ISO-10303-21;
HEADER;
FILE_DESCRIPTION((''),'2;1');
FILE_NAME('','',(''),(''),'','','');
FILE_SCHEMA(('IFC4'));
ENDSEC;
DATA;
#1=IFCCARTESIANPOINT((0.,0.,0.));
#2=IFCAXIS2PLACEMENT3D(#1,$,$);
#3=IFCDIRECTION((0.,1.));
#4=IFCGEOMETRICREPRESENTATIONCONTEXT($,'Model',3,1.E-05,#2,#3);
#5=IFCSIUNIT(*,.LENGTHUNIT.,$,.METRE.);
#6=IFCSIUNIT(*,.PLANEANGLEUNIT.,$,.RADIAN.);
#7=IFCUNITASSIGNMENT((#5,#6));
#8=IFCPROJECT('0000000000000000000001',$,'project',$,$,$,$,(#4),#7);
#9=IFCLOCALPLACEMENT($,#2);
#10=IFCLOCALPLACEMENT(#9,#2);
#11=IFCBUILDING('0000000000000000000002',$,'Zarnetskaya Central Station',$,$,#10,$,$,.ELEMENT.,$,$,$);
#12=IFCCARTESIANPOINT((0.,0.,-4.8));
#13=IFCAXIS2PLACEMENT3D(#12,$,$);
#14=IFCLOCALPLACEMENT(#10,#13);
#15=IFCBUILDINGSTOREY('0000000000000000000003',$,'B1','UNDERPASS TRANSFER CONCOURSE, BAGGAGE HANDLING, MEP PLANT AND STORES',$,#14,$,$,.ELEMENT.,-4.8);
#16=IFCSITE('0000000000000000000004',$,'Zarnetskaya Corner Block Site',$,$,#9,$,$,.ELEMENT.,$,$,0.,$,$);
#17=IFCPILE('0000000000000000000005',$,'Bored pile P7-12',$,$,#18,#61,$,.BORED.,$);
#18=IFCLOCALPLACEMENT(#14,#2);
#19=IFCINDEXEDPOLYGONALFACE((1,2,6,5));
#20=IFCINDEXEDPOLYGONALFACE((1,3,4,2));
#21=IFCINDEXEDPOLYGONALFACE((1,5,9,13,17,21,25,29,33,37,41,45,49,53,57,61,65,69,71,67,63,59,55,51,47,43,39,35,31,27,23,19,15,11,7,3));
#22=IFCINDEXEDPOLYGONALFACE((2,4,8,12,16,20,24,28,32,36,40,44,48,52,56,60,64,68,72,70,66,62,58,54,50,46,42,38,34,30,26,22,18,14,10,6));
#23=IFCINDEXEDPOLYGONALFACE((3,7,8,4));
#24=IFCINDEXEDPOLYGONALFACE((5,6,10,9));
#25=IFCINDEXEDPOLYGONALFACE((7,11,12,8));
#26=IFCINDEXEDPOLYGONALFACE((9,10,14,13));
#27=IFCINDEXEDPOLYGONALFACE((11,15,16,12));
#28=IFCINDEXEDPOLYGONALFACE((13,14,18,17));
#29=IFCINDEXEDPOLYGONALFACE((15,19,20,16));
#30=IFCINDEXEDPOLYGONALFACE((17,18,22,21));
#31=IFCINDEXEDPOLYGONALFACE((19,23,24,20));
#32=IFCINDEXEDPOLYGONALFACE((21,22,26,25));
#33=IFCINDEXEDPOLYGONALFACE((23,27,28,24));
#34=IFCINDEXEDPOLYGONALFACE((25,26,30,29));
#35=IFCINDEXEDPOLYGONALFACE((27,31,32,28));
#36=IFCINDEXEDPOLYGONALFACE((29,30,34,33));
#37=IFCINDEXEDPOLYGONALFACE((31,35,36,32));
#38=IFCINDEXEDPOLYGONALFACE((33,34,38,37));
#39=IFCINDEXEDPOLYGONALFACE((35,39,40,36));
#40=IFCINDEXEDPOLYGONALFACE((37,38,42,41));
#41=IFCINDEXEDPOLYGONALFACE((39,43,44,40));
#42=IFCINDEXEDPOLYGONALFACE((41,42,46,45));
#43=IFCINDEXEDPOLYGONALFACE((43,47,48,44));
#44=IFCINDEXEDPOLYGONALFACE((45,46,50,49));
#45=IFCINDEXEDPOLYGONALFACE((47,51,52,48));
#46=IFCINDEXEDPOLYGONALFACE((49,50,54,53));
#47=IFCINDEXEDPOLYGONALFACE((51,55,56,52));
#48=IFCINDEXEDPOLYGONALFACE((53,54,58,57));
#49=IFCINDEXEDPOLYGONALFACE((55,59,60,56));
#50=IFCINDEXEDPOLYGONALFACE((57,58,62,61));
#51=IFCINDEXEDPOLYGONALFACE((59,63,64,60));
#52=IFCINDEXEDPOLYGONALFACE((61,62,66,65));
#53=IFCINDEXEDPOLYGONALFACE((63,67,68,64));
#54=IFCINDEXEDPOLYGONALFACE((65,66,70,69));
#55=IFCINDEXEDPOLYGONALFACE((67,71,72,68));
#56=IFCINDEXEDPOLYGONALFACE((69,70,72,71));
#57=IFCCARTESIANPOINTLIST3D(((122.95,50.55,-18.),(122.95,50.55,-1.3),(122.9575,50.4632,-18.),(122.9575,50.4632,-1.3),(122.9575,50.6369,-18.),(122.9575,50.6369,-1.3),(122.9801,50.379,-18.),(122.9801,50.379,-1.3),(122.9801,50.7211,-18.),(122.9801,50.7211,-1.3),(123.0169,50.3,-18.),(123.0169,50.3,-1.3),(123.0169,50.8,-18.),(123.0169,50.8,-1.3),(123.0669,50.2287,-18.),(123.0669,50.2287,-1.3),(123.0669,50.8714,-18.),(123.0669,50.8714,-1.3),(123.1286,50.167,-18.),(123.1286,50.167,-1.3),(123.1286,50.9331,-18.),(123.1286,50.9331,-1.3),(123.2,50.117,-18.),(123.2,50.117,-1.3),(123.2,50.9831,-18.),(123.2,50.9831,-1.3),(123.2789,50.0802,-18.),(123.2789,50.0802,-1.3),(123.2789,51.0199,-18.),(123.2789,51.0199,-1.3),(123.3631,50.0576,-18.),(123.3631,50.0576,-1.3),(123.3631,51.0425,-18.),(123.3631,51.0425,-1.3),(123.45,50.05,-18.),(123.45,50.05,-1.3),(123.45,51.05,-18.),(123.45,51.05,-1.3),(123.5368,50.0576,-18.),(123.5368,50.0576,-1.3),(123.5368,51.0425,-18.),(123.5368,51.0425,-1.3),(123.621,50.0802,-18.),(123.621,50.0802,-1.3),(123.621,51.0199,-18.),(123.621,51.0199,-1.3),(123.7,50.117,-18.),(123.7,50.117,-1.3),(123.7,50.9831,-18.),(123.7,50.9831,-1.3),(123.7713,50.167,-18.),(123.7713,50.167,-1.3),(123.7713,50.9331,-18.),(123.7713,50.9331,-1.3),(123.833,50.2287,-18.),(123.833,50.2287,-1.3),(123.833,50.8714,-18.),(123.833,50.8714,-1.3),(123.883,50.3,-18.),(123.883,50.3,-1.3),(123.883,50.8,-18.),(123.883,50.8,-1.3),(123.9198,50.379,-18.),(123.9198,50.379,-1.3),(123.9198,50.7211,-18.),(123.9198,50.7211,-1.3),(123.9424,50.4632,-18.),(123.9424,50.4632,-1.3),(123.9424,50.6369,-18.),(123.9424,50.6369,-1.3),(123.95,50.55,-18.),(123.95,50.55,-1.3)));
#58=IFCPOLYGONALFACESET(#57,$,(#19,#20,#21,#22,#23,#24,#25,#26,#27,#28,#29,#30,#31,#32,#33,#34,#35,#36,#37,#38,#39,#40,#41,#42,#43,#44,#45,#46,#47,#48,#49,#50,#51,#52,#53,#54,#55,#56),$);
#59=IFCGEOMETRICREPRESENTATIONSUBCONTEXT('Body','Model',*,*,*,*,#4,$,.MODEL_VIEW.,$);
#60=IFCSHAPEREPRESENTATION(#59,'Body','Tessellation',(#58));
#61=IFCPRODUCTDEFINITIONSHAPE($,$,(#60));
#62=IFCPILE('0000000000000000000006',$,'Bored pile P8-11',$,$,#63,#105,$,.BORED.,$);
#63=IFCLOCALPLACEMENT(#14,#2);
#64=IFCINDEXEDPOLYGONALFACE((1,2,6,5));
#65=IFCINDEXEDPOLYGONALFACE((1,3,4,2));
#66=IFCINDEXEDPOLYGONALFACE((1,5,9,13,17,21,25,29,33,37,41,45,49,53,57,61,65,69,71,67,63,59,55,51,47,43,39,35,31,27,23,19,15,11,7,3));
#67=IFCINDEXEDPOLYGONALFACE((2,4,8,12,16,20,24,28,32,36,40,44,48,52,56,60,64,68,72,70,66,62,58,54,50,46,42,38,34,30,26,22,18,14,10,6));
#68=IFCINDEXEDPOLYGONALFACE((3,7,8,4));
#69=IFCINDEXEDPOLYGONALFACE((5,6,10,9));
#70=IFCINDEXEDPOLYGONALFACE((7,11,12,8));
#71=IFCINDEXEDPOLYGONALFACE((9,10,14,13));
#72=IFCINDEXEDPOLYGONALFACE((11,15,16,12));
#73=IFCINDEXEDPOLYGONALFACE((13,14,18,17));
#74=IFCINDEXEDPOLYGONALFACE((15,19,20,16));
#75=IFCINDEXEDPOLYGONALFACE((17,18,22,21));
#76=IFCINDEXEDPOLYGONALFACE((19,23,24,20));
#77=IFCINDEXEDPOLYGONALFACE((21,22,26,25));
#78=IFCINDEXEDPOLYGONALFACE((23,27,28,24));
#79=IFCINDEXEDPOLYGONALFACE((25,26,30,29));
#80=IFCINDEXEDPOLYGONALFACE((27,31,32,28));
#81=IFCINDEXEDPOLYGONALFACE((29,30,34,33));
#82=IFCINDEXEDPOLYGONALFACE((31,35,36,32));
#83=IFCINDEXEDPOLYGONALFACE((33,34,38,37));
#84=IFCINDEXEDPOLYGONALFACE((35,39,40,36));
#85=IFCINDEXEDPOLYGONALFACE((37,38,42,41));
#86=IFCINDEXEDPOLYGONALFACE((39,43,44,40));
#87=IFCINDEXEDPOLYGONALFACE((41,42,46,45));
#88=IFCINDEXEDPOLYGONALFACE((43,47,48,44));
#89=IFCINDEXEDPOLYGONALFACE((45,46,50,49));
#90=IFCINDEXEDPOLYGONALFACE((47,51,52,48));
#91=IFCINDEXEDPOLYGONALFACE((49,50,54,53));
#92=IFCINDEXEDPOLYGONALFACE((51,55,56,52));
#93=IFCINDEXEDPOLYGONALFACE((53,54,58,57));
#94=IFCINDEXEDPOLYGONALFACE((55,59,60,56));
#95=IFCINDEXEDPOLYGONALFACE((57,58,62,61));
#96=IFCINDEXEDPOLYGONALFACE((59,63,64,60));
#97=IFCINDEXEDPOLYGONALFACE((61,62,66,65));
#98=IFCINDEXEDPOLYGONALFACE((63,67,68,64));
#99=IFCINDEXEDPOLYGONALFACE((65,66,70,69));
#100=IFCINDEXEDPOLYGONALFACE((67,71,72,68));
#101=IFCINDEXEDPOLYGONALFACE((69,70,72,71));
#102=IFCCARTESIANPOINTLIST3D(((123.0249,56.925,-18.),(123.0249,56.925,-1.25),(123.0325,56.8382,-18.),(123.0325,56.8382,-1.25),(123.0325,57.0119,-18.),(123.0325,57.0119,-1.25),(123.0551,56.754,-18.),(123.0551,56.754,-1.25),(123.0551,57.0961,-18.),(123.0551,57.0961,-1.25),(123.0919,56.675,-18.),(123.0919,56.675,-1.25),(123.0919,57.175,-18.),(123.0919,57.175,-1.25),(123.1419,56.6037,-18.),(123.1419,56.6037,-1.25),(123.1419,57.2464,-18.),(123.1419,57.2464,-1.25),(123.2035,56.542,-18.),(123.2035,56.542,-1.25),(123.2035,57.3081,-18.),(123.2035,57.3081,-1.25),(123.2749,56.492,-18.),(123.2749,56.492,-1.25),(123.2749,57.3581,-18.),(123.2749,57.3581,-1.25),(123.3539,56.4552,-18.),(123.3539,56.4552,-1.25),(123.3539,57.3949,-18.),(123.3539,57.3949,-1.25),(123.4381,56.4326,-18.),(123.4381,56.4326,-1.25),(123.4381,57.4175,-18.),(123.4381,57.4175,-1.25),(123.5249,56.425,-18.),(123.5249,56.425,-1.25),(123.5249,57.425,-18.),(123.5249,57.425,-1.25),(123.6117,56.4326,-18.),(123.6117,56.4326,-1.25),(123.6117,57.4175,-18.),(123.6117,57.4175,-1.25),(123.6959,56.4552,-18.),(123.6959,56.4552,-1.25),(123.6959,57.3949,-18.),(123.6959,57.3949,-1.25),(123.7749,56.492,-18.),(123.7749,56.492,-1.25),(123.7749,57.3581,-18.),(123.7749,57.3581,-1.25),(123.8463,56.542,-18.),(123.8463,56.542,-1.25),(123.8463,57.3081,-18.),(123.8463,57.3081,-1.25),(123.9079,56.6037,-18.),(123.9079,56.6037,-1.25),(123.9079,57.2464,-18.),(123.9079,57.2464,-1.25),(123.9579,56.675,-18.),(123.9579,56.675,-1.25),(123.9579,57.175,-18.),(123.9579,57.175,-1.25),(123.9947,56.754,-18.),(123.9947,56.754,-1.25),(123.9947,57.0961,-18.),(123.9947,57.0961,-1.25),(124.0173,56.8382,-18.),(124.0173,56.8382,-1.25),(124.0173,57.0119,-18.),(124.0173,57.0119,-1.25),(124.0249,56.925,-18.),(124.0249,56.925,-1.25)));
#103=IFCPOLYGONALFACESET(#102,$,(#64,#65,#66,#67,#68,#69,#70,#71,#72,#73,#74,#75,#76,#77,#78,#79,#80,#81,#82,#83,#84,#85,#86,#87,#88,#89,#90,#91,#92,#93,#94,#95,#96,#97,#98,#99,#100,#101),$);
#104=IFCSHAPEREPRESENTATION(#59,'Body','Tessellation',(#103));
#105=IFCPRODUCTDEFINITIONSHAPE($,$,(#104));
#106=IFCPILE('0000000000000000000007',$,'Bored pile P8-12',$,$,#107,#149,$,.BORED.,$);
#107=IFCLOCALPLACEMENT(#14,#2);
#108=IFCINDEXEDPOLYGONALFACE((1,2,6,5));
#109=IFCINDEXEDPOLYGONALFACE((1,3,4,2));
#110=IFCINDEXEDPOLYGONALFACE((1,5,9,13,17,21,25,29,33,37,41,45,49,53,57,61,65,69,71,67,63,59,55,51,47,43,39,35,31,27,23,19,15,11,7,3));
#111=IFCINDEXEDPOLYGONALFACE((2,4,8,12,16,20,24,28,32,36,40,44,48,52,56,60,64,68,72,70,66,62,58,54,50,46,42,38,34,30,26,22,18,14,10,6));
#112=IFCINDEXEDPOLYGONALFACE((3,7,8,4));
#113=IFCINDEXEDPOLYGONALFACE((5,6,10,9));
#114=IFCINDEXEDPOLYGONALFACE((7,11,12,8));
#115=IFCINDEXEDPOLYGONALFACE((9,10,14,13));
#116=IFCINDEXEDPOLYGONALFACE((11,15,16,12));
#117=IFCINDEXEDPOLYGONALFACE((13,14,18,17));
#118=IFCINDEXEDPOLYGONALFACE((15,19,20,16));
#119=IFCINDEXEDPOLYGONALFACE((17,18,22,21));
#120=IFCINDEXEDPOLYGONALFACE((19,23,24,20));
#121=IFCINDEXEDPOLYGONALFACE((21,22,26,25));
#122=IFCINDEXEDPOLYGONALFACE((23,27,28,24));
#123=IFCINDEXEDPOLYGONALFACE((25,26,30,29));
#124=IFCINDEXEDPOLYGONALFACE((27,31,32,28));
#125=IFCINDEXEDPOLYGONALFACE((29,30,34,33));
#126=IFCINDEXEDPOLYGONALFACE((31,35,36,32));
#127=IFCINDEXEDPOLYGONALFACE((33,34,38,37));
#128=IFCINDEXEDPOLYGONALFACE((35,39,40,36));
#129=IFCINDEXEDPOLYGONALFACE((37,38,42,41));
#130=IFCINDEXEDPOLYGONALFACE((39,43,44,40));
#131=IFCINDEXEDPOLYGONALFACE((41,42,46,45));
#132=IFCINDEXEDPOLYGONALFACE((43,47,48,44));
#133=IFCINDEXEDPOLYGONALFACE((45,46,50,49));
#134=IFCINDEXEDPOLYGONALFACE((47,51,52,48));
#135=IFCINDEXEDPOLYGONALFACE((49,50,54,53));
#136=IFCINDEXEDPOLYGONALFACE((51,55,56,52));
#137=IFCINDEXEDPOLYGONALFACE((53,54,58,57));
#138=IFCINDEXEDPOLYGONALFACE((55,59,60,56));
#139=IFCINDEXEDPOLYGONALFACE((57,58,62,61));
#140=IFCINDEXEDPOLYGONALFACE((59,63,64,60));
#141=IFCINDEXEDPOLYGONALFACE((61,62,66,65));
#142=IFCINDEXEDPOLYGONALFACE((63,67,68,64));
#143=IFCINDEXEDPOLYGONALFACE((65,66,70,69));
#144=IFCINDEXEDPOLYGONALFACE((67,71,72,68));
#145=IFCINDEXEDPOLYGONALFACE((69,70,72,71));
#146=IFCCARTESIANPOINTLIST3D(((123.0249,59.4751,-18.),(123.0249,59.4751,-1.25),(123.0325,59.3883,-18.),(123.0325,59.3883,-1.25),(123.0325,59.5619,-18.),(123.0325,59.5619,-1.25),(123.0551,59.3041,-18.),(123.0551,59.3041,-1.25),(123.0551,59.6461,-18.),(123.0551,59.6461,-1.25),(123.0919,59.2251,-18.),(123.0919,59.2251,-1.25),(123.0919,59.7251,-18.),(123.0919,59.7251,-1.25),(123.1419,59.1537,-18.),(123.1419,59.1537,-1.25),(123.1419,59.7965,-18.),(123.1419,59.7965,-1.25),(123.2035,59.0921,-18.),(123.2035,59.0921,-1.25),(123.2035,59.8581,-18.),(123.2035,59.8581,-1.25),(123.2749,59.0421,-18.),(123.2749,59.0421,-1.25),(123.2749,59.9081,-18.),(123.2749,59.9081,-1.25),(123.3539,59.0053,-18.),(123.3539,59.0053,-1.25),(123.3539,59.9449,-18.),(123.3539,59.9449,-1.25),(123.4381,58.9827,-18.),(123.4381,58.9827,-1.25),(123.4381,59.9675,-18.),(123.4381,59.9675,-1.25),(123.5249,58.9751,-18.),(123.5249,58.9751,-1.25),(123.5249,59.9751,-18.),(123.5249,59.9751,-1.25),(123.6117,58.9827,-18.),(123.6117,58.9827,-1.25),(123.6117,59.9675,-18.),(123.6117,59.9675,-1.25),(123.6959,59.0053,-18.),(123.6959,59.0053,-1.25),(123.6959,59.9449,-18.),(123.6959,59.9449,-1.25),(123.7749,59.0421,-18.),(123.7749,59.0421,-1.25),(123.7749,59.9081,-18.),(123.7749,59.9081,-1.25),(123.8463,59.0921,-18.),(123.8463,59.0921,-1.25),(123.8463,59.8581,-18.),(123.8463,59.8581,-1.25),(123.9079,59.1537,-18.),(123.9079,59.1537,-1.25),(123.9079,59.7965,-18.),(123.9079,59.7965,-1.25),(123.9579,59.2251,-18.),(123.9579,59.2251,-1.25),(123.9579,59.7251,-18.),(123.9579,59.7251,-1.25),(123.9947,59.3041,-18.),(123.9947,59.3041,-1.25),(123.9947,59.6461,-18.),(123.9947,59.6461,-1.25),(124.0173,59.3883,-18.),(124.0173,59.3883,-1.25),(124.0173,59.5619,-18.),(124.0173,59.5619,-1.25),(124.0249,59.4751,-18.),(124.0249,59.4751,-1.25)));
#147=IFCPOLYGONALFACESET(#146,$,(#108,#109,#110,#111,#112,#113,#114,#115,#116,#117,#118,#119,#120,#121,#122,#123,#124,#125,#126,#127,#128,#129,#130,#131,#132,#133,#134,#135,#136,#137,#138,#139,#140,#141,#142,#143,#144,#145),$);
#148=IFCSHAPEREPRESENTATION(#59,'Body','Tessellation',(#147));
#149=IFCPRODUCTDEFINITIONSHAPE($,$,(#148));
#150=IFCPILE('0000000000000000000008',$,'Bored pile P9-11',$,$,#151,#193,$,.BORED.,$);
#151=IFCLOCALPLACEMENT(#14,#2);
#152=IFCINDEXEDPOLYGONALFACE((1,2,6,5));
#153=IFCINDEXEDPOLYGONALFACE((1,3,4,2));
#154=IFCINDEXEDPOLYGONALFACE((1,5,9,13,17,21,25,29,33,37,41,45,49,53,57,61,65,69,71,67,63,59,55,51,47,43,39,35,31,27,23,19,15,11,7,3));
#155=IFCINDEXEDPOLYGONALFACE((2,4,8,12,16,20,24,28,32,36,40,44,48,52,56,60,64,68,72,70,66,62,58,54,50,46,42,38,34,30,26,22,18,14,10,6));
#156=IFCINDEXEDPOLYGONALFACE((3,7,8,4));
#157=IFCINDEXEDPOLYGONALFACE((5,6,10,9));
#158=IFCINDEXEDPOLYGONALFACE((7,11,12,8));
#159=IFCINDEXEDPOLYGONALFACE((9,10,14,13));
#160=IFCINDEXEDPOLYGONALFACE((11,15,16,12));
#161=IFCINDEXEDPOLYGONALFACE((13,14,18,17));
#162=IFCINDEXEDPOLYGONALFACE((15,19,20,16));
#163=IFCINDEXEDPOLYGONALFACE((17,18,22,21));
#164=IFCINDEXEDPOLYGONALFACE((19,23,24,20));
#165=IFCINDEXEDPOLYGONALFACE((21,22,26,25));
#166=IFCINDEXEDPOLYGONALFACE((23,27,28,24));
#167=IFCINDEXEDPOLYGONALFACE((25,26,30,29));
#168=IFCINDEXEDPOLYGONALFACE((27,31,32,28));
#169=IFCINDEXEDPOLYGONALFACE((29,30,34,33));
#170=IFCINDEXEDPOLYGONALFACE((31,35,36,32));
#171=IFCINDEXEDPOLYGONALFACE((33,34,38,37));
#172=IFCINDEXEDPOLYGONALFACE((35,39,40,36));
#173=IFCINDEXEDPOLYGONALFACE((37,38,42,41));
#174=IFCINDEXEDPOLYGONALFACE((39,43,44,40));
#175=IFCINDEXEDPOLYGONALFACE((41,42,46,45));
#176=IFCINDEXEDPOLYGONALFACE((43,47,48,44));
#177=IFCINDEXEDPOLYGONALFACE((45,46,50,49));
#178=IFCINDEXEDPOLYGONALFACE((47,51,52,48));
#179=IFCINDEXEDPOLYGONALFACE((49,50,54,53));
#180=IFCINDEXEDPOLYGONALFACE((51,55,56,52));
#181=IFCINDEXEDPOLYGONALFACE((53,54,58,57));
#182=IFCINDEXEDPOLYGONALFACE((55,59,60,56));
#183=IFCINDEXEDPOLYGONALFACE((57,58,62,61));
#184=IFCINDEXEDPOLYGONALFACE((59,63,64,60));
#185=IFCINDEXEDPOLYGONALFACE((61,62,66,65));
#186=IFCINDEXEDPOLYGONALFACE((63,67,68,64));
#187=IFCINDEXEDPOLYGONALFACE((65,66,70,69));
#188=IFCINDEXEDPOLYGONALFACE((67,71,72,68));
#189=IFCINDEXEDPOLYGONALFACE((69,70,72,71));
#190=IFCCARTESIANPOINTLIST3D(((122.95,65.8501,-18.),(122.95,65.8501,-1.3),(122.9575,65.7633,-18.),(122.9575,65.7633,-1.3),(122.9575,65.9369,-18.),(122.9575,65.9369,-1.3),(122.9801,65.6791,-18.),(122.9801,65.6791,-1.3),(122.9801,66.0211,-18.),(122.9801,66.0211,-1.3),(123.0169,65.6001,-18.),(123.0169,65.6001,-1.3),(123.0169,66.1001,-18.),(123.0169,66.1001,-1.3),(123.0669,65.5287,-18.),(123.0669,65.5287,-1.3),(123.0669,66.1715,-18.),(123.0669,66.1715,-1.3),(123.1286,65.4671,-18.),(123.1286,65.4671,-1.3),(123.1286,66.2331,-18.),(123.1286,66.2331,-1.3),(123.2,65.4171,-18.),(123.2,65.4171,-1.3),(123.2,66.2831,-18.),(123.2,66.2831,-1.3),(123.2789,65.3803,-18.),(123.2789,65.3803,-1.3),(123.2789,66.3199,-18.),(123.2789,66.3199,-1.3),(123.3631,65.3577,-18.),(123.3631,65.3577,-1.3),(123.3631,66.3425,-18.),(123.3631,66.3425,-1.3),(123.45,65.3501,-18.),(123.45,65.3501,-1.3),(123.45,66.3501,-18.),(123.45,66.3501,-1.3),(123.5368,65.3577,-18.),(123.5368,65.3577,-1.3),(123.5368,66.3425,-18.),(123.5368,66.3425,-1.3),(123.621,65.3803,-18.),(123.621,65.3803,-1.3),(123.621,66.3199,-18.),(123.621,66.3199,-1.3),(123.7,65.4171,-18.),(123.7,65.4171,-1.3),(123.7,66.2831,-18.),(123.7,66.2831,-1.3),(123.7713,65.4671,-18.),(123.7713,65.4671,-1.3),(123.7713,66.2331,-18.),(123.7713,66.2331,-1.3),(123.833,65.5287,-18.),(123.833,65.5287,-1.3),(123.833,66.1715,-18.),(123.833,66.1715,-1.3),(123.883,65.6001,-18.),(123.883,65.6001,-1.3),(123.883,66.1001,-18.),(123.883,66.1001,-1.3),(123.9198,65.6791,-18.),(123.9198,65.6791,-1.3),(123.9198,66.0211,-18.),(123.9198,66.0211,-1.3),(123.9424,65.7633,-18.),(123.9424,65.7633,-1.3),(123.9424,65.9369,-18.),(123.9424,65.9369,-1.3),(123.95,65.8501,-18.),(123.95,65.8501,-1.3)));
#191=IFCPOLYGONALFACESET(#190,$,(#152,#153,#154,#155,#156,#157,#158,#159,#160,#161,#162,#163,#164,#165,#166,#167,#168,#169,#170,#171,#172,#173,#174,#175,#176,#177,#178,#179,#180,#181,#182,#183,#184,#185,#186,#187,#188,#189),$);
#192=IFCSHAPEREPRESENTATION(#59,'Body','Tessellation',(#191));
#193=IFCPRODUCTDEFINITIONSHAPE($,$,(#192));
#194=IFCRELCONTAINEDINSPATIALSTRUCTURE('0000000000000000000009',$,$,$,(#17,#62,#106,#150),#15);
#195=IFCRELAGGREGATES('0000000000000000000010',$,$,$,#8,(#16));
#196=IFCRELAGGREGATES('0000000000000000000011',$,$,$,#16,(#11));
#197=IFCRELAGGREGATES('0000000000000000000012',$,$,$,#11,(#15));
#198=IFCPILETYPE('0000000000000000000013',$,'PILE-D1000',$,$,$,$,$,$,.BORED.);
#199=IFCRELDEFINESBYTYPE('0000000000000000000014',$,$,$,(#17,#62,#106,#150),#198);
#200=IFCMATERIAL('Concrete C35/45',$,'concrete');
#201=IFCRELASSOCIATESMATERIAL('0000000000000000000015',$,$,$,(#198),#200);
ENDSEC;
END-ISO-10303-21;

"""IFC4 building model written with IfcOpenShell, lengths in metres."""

from ifc_helpers import new_model, si_unit, direction, frame, origin, origin_2d, place, context, subcontext, project, spatial, circle, extrude, material, material_profile, profile_set, type_object, element, save


model = new_model("IFC4")

# Units and contexts
model_context = context("Model", 3, precision=1e-05, world=origin(), true_north=direction((0.0, 1.0)))
body_context = subcontext(model_context, "Body", "Model", "MODEL_VIEW")
ifc_project = project(units=[si_unit("LENGTHUNIT", "METRE"), si_unit("PLANEANGLEUNIT", "RADIAN")], contexts=[model_context])

# Site, building, storey
site_placement = place(None, origin())
site = spatial("IfcSite", under=ifc_project, at=site_placement, Name="Zarnetskaya Corner Block Site", CompositionType="ELEMENT", RefElevation=0.0)
building_placement = place(site_placement, origin())
building = spatial("IfcBuilding", under=site, at=building_placement, Name="Zarnetskaya Central Station", CompositionType="ELEMENT")
storey_placement = place(building_placement, frame((0.0, 0.0, -4.8)))
storey = spatial("IfcBuildingStorey", under=building, at=storey_placement, Name="B1", Description="UNDERPASS TRANSFER CONCOURSE, BAGGAGE HANDLING, MEP PLANT AND STORES", CompositionType="ELEMENT", Elevation=-4.8)

# Shared definitions
ifc_material = material(Name="Concrete C35/45", Category="concrete")

# Piles
ifc_material_profile_1 = material_profile(ifc_material, circle(Radius=0.5, at=origin_2d()), Name="BORED PILE D1000")
ifc_profile_set_1 = profile_set([ifc_material_profile_1], Name="Concrete C35/45")
pile_type_1 = type_object("IfcPileType", Name="PILE-D1000", PredefinedType="BORED", material=ifc_profile_set_1)
for number, where, z_axis, x_axis, name in (
    (1, (123.45, 50.55, -1.3), (0.0, 0.0, -1.0), (1.0, 0.0, 0.0), "Bored pile P7-12"),
):
    element("IfcPile", number, at=place(storey_placement, frame(where, z_axis=z_axis, x_axis=x_axis)), inside=storey, type_object=pile_type_1, Name=name, PredefinedType="BORED", context=body_context, shape_type="SweptSolid", body=[
        extrude(circle(Radius=0.5, at=origin_2d()), origin(), (0.0, 0.0, 1.0), 16.7),
    ])
for number, where, z_axis, x_axis, name in (
    (2, (123.5249, 56.925, -1.25), (0.0, 0.0, -1.0), (1.0, 0.0, 0.0), "Bored pile P8-11"),
    (3, (123.5249, 59.4751, -1.25), (0.0, 0.0, -1.0), (1.0, 0.0, 0.0), "Bored pile P8-12"),
):
    element("IfcPile", number, at=place(storey_placement, frame(where, z_axis=z_axis, x_axis=x_axis)), inside=storey, type_object=pile_type_1, Name=name, PredefinedType="BORED", context=body_context, shape_type="SweptSolid", body=[
        extrude(circle(Radius=0.5, at=origin_2d()), origin(), (0.0, 0.0, 1.0), 16.75),
    ])
pile_placement = place(storey_placement, frame((123.45, 65.8501, -1.3), z_axis=(0.0, 0.0, -1.0), x_axis=(1.0, 0.0, 0.0)))
element("IfcPile", 4, at=pile_placement, inside=storey, type_object=pile_type_1, Name="Bored pile P9-11", PredefinedType="BORED", context=body_context, shape_type="SweptSolid", body=[
    extrude(circle(Radius=0.5, at=origin_2d()), origin(), (0.0, 0.0, 1.0), 16.7),
])

save(model, "model.ifc")
